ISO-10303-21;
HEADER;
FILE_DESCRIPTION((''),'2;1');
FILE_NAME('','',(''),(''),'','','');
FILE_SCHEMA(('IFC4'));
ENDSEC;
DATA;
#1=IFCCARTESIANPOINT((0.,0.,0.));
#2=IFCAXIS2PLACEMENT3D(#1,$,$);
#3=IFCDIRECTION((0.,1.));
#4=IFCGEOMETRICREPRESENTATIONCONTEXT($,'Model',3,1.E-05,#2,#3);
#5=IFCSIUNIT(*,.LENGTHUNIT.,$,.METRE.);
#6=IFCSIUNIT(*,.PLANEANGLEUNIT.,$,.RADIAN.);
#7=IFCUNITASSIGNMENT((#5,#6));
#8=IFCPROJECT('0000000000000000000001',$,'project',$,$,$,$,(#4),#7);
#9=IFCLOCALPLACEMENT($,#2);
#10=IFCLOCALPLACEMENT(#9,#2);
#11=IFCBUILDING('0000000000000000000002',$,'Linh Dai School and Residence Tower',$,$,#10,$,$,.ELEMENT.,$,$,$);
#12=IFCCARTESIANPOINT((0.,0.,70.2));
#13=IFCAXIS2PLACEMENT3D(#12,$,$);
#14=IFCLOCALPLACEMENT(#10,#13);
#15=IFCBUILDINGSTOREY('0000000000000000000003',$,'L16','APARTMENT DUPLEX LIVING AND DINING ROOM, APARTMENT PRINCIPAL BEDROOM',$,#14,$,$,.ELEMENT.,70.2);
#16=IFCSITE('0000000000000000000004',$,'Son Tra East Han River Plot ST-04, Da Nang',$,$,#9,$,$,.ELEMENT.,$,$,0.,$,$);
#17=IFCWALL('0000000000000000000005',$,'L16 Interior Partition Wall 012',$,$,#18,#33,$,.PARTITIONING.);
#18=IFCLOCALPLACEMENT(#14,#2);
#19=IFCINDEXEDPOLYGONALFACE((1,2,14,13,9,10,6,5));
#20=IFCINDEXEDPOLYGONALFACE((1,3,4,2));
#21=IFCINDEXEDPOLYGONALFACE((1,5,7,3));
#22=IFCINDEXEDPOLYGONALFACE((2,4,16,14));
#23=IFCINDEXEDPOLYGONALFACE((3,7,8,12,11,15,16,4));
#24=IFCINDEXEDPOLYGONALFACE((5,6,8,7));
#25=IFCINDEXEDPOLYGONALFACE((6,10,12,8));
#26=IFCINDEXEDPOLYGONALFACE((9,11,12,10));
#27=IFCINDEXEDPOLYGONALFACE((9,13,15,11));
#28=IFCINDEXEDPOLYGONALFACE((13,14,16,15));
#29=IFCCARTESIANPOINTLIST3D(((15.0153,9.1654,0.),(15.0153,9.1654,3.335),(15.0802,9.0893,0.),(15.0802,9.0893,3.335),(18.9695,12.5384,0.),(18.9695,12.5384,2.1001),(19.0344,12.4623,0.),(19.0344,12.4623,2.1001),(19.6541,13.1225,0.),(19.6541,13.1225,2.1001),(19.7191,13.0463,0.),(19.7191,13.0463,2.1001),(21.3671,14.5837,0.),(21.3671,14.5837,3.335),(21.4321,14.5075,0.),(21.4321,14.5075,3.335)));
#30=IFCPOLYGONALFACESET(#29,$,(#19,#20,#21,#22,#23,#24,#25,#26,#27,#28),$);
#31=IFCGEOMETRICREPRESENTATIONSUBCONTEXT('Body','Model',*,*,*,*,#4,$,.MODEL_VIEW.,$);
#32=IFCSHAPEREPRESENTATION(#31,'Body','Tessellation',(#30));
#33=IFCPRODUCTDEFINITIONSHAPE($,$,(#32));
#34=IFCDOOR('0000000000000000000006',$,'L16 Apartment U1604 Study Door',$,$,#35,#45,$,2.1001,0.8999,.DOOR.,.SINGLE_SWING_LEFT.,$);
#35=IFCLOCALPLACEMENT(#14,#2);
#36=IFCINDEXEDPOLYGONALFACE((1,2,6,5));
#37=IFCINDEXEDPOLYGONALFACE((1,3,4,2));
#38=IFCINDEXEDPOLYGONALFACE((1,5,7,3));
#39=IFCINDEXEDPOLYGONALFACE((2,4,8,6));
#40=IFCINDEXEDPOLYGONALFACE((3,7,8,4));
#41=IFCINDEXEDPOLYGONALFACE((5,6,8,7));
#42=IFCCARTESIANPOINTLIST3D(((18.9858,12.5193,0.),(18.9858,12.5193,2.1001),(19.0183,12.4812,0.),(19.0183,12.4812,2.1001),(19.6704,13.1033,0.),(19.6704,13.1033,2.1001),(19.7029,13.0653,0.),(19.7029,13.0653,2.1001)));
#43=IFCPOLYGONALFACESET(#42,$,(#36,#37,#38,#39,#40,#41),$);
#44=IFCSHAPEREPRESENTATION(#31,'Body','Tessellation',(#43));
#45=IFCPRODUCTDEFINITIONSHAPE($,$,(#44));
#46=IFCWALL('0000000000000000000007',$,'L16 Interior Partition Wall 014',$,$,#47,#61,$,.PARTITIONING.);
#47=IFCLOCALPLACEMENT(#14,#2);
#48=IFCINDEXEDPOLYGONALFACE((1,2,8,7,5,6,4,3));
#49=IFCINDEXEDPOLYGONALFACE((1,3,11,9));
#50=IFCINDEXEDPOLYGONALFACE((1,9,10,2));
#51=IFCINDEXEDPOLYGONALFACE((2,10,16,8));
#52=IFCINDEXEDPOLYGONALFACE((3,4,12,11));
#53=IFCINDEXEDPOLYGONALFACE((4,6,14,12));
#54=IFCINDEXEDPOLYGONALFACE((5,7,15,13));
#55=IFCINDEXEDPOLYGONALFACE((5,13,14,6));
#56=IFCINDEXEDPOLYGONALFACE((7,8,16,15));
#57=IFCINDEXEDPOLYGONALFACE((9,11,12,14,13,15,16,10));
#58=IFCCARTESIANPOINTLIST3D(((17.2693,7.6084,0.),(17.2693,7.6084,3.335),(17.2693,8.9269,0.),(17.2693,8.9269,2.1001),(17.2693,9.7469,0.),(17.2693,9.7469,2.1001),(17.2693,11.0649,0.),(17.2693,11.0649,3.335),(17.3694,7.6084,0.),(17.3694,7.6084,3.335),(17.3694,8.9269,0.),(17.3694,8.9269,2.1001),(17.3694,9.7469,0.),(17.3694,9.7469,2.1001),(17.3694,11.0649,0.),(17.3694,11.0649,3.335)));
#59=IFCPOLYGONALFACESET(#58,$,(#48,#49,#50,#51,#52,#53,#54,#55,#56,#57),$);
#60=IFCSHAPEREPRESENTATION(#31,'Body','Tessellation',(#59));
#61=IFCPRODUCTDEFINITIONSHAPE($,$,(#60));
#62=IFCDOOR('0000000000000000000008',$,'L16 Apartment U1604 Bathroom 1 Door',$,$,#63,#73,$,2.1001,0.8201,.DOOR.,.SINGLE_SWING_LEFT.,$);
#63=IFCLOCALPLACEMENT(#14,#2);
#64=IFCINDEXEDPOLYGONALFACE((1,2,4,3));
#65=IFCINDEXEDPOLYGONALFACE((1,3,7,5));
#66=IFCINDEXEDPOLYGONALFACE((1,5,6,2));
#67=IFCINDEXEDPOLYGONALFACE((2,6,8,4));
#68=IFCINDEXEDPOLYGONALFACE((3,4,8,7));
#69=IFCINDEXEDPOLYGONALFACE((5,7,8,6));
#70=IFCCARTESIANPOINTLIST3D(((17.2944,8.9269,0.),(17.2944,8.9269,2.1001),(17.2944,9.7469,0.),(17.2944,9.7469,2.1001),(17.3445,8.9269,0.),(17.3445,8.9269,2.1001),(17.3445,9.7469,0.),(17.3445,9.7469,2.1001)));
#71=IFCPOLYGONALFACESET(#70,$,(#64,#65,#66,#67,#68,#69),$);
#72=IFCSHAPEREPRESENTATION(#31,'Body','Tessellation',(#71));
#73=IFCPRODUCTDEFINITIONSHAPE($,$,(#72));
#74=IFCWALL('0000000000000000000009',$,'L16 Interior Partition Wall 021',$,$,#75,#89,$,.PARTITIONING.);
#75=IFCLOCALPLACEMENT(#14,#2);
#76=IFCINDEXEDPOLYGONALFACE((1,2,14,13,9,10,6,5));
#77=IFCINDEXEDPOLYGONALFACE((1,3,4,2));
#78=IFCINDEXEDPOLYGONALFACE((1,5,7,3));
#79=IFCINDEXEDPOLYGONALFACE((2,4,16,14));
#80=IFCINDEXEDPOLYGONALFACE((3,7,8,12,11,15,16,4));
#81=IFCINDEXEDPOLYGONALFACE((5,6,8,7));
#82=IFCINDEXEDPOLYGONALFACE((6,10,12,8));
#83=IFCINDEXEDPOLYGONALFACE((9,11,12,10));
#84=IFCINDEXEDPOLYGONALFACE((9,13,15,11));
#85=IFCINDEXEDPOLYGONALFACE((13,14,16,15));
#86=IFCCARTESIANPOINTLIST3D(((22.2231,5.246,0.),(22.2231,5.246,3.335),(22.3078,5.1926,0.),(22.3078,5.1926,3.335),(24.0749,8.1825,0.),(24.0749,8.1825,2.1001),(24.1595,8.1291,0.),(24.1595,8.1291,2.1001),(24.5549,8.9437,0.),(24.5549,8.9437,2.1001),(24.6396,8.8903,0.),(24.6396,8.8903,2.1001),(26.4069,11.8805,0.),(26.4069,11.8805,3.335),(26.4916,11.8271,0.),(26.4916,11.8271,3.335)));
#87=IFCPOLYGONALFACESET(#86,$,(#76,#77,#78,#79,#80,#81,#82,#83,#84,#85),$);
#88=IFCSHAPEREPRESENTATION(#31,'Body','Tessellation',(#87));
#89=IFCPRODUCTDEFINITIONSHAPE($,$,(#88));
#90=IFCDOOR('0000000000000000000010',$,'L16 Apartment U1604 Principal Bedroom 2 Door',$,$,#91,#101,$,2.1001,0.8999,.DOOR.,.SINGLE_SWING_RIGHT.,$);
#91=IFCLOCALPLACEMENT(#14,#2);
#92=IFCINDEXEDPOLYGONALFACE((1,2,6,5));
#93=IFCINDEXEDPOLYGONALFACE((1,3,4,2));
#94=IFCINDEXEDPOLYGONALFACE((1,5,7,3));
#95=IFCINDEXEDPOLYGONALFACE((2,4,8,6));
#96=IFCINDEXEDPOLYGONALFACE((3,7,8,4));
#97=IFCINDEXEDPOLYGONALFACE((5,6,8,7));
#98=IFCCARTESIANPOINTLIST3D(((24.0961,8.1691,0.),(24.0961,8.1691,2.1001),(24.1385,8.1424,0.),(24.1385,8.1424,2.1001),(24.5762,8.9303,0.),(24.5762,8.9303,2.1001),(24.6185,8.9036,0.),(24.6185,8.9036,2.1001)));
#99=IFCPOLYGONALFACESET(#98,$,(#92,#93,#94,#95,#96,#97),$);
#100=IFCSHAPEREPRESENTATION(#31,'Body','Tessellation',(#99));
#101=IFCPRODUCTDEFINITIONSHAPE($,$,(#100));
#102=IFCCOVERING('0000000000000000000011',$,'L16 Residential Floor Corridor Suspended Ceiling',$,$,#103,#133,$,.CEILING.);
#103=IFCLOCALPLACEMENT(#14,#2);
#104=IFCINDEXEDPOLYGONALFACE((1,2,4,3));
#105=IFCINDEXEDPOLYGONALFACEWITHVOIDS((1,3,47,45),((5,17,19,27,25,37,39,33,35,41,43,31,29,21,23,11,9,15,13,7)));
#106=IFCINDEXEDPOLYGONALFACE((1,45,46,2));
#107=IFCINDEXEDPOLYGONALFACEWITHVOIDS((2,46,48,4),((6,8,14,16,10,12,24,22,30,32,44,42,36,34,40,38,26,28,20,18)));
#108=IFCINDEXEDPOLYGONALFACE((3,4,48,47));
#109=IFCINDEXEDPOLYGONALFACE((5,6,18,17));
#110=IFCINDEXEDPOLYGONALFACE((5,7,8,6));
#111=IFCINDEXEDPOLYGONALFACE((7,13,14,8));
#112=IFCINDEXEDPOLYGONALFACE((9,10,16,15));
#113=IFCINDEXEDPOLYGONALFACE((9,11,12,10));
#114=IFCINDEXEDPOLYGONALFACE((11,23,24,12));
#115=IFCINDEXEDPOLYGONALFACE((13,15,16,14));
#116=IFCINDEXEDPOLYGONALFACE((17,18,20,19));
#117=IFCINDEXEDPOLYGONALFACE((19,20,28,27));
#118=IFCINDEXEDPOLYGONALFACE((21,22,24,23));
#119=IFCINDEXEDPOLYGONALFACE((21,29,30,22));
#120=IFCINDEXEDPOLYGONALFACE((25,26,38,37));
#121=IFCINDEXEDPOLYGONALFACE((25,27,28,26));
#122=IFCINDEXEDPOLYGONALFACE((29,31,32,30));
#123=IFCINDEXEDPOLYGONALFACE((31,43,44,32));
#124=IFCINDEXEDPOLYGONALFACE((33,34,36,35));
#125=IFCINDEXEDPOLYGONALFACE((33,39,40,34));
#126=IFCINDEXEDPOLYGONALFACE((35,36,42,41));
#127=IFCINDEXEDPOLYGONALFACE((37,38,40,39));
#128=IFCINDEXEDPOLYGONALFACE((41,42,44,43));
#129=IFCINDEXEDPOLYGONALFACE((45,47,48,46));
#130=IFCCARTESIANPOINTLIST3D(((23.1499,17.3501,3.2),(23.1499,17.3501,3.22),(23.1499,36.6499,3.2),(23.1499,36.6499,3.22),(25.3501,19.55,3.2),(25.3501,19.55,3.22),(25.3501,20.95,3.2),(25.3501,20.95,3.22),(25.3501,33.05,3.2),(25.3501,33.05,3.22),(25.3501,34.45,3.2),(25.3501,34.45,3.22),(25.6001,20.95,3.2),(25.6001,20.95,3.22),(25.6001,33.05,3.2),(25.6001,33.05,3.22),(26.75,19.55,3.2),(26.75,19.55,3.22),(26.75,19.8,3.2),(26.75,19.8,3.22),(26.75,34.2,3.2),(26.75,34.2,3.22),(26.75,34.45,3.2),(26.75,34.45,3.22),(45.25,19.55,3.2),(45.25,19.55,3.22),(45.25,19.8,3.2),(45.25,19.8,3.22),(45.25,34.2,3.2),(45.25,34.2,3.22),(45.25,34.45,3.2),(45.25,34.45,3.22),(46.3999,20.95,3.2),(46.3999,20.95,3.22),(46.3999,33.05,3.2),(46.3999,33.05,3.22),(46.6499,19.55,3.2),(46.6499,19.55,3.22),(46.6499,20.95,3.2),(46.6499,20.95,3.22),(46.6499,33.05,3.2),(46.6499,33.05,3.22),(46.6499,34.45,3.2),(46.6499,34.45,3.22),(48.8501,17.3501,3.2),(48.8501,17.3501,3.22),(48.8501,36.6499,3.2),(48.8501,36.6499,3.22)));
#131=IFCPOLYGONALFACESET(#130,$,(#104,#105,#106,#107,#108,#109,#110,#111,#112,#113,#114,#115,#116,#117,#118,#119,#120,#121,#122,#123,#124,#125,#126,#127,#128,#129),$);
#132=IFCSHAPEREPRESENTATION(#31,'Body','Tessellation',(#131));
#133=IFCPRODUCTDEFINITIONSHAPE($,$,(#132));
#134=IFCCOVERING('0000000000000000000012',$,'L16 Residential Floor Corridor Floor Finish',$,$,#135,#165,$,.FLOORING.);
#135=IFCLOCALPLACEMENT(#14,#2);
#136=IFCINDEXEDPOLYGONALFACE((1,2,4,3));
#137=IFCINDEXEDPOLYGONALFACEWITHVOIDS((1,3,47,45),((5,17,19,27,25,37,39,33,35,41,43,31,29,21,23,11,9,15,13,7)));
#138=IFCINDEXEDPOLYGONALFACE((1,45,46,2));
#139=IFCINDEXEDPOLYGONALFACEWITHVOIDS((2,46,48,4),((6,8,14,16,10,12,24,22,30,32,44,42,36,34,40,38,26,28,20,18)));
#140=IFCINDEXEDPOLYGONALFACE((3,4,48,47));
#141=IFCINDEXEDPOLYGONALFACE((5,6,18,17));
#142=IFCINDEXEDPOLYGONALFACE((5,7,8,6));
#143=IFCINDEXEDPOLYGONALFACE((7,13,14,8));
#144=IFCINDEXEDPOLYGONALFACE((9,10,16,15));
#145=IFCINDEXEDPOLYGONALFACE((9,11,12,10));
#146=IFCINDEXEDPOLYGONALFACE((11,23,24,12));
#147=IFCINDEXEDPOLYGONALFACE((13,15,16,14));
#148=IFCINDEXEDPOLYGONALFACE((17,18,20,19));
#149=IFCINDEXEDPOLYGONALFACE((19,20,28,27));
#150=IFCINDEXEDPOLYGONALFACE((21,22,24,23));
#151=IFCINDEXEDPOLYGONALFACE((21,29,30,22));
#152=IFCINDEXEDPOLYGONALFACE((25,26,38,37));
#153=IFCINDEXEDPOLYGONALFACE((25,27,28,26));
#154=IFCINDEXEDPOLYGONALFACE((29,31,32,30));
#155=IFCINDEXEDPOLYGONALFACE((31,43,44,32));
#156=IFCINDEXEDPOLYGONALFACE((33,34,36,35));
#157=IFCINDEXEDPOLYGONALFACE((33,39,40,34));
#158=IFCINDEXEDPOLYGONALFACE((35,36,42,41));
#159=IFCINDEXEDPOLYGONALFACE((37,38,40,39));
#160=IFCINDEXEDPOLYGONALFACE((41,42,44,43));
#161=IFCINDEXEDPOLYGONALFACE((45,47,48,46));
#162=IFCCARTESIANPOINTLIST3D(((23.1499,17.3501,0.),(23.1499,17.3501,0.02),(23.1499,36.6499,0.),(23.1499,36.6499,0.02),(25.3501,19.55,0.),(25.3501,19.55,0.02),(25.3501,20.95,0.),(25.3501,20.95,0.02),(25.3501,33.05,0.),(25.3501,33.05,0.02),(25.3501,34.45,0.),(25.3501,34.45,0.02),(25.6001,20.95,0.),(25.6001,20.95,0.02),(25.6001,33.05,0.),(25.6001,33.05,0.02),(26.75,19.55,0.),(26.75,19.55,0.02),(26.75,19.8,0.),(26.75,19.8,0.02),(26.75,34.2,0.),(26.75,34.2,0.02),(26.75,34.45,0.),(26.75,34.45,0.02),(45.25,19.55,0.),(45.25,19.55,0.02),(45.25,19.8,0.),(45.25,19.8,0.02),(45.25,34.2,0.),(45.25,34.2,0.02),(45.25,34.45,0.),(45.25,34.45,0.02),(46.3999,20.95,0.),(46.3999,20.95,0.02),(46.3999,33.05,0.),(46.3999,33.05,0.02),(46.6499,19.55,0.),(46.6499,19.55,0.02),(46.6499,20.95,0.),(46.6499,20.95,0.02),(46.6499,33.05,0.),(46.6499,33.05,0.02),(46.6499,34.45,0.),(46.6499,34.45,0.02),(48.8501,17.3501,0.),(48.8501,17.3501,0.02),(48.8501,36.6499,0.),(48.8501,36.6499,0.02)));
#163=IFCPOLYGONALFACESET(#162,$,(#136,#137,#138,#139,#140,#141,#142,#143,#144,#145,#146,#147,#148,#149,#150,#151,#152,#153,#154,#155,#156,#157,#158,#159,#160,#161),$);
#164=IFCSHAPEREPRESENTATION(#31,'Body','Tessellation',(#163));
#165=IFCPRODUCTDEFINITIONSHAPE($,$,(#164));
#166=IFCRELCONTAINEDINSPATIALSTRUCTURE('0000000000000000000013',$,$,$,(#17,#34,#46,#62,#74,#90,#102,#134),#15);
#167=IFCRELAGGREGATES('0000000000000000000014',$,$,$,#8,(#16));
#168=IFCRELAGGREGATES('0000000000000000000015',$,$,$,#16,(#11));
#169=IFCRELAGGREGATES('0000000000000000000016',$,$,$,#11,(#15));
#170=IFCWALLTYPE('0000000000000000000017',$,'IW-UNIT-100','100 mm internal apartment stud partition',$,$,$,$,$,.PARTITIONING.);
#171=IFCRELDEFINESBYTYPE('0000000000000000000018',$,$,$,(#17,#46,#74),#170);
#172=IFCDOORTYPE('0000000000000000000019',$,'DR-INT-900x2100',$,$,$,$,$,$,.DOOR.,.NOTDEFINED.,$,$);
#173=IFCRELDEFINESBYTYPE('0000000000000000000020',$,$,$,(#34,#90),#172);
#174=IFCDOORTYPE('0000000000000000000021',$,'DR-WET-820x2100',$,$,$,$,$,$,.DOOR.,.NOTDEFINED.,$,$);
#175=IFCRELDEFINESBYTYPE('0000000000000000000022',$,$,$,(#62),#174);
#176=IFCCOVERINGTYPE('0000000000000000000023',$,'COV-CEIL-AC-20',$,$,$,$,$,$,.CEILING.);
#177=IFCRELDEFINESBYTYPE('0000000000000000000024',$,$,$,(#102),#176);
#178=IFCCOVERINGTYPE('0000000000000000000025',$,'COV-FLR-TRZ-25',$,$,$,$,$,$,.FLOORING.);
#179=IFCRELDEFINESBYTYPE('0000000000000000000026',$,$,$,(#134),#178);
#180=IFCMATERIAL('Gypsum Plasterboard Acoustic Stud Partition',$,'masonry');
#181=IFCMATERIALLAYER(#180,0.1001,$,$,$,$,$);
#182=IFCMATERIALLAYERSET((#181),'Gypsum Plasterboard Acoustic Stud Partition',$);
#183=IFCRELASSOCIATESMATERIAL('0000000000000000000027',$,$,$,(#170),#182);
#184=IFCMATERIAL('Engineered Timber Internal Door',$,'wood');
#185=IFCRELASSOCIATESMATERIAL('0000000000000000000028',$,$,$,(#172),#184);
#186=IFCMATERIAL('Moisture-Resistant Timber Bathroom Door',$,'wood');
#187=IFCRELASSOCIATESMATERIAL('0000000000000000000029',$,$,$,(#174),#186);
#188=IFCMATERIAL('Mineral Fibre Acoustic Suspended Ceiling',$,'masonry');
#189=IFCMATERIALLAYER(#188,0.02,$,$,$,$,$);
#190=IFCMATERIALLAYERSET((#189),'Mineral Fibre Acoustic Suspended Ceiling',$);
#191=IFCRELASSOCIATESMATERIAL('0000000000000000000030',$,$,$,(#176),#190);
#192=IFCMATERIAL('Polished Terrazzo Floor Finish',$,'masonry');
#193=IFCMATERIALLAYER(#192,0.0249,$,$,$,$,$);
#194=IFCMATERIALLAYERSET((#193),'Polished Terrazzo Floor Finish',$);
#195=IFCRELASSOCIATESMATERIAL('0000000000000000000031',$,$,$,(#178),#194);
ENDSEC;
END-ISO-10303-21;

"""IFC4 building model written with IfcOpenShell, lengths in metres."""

from ifc_helpers import new_model, si_unit, direction, frame, frame_2d, origin, origin_2d, place, context, subcontext, project, spatial, polyline, rectangle, outline, extrude, source, transform, mapped, material, layer, layer_set, type_object, element, fill, save


model = new_model("IFC4")

# Units and contexts
model_context = context("Model", 3, precision=1e-05, world=origin(), true_north=direction((0.0, 1.0)))
body_context = subcontext(model_context, "Body", "Model", "MODEL_VIEW")
ifc_project = project(units=[si_unit("LENGTHUNIT", "METRE"), si_unit("PLANEANGLEUNIT", "RADIAN")], contexts=[model_context])

# Site, building, storey
site_placement = place(None, origin())
site = spatial("IfcSite", under=ifc_project, at=site_placement, Name="Son Tra East Han River Plot ST-04, Da Nang", CompositionType="ELEMENT", RefElevation=0.0)
building_placement = place(site_placement, origin())
building = spatial("IfcBuilding", under=site, at=building_placement, Name="Linh Dai School and Residence Tower", CompositionType="ELEMENT")
storey_placement = place(building_placement, frame((0.0, 0.0, 70.2)))
storey = spatial("IfcBuildingStorey", under=building, at=storey_placement, Name="L16", Description="APARTMENT DUPLEX LIVING AND DINING ROOM, APARTMENT PRINCIPAL BEDROOM", CompositionType="ELEMENT", Elevation=70.2)

# Shared definitions
ifc_material_1 = material(Name="Gypsum Plasterboard Acoustic Stud Partition", Category="masonry")
ifc_layer_1 = layer(ifc_material_1, 0.1001)
ifc_layer_set_1 = layer_set([ifc_layer_1], Name="Gypsum Plasterboard Acoustic Stud Partition")
wall_type_1 = type_object("IfcWallType", Name="IW-UNIT-100", Description="100 mm internal apartment stud partition", PredefinedType="PARTITIONING", material=ifc_layer_set_1)

# Walls, openings, doors
wall_1_placement = place(storey_placement, frame((15.0479, 9.1274, 0.0), z_axis=(0.0, 0.0, 1.0), x_axis=(0.760805, 0.648981, 0.0)))
wall_1 = element("IfcWall", 1, at=wall_1_placement, inside=storey, type_object=wall_type_1, Name="L16 Interior Partition Wall 012", PredefinedType="PARTITIONING", context=body_context, shape_type="SweptSolid", body=[
    extrude(rectangle(XDim=8.3489, YDim=0.1001, at=frame_2d((4.1743, 0.0))), origin(), (0.0, 0.0, 1.0), 3.335),
])
opening_1_placement = place(wall_1_placement, frame((5.1973, 0.0, 0.0)))
opening_1 = element("IfcOpeningElement", 2, at=opening_1_placement, cuts=wall_1, PredefinedType="OPENING", context=body_context, shape_type="SweptSolid", body=[
    extrude(rectangle(XDim=0.8999, YDim=2.1001, at=origin_2d()), frame((0.45, 0.0601, 1.05), z_axis=(0.0, -1.0, 0.0), x_axis=(1.0, 0.0, 0.0)), (0.0, 0.0, 1.0), 0.1201),
])
ifc_material_2 = material(Name="Engineered Timber Internal Door", Category="wood")
door_type_1 = type_object("IfcDoorType", Name="DR-INT-900x2100", OperationType="NOTDEFINED", PredefinedType="DOOR", material=ifc_material_2)
shared_shape_1 = source(origin(), body_context, "Body", "SweptSolid", [
    extrude(rectangle(XDim=0.8999, YDim=2.1001, at=origin_2d()), frame((0.45, 0.0249, 1.05), z_axis=(0.0, -1.0, 0.0), x_axis=(1.0, 0.0, 0.0)), (0.0, 0.0, 1.0), 0.05),
])
door_1_placement = place(opening_1_placement, origin())
door_1 = element("IfcDoor", 3, at=door_1_placement, inside=storey, type_object=door_type_1, Name="L16 Apartment U1604 Study Door", OperationType="SINGLE_SWING_LEFT", OverallHeight=2.1001, OverallWidth=0.8999, PredefinedType="DOOR", context=body_context, shape_type="MappedRepresentation", body=[
    mapped(shared_shape_1, transform((0.0, 0.0, 0.0), x_axis=(1.0, 0.0, 0.0), y_axis=(0.0, 1.0, 0.0), z_axis=(0.0, 0.0, 1.0), scale=1.0)),
])
fill(opening_1, door_1)
wall_2_placement = place(storey_placement, frame((17.3193, 7.6084, 0.0), z_axis=(0.0, 0.0, 1.0), x_axis=(0.0, 1.0, 0.0)))
wall_2 = element("IfcWall", 4, at=wall_2_placement, inside=storey, type_object=wall_type_1, Name="L16 Interior Partition Wall 014", PredefinedType="PARTITIONING", context=body_context, shape_type="SweptSolid", body=[
    extrude(rectangle(XDim=3.4565, YDim=0.1001, at=frame_2d((1.7283, 0.0))), origin(), (0.0, 0.0, 1.0), 3.335),
])
opening_2_placement = place(wall_2_placement, frame((1.3184, 0.0, 0.0)))
opening_2 = element("IfcOpeningElement", 5, at=opening_2_placement, cuts=wall_2, PredefinedType="OPENING", context=body_context, shape_type="SweptSolid", body=[
    extrude(rectangle(XDim=0.8201, YDim=2.1001, at=origin_2d()), frame((0.4102, 0.0601, 1.05), z_axis=(0.0, -1.0, 0.0), x_axis=(1.0, 0.0, 0.0)), (0.0, 0.0, 1.0), 0.1201),
])
ifc_material_3 = material(Name="Moisture-Resistant Timber Bathroom Door", Category="wood")
door_type_2 = type_object("IfcDoorType", Name="DR-WET-820x2100", OperationType="NOTDEFINED", PredefinedType="DOOR", material=ifc_material_3)
shared_shape_2 = source(origin(), body_context, "Body", "SweptSolid", [
    extrude(rectangle(XDim=0.8201, YDim=2.1001, at=origin_2d()), frame((0.4102, 0.0249, 1.05), z_axis=(0.0, -1.0, 0.0), x_axis=(1.0, 0.0, 0.0)), (0.0, 0.0, 1.0), 0.05),
])
door_2_placement = place(opening_2_placement, origin())
door_2 = element("IfcDoor", 6, at=door_2_placement, inside=storey, type_object=door_type_2, Name="L16 Apartment U1604 Bathroom 1 Door", OperationType="SINGLE_SWING_LEFT", OverallHeight=2.1001, OverallWidth=0.8201, PredefinedType="DOOR", context=body_context, shape_type="MappedRepresentation", body=[
    mapped(shared_shape_2, transform((0.0, 0.0, 0.0), x_axis=(1.0, 0.0, 0.0), y_axis=(0.0, 1.0, 0.0), z_axis=(0.0, 0.0, 1.0), scale=1.0)),
])
fill(opening_2, door_2)
wall_3_placement = place(storey_placement, frame((22.2654, 5.2192, 0.0), z_axis=(0.0, 0.0, 1.0), x_axis=(0.533411, 0.845856, 0.0)))
wall_3 = element("IfcWall", 7, at=wall_3_placement, inside=storey, type_object=wall_type_1, Name="L16 Interior Partition Wall 021", PredefinedType="PARTITIONING", context=body_context, shape_type="SweptSolid", body=[
    extrude(rectangle(XDim=7.8435, YDim=0.1001, at=frame_2d((3.9219, 0.0))), origin(), (0.0, 0.0, 1.0), 3.335),
])
opening_3_placement = place(wall_3_placement, frame((3.4717, 0.0, 0.0)))
opening_3 = element("IfcOpeningElement", 8, at=opening_3_placement, cuts=wall_3, PredefinedType="OPENING", context=body_context, shape_type="SweptSolid", body=[
    extrude(rectangle(XDim=0.8999, YDim=2.1001, at=origin_2d()), frame((0.45, 0.0601, 1.05), z_axis=(0.0, -1.0, 0.0), x_axis=(1.0, 0.0, 0.0)), (0.0, 0.0, 1.0), 0.1201),
])
door_3_placement = place(opening_3_placement, origin())
door_3 = element("IfcDoor", 9, at=door_3_placement, inside=storey, type_object=door_type_1, Name="L16 Apartment U1604 Principal Bedroom 2 Door", OperationType="SINGLE_SWING_RIGHT", OverallHeight=2.1001, OverallWidth=0.8999, PredefinedType="DOOR", context=body_context, shape_type="MappedRepresentation", body=[
    mapped(shared_shape_1, transform((0.0, 0.0, 0.0), x_axis=(1.0, 0.0, 0.0), y_axis=(0.0, 1.0, 0.0), z_axis=(0.0, 0.0, 1.0), scale=1.0)),
])
fill(opening_3, door_3)

# Coverings
ifc_material_4 = material(Name="Mineral Fibre Acoustic Suspended Ceiling", Category="masonry")
ifc_layer_2 = layer(ifc_material_4, 0.02)
ifc_layer_set_2 = layer_set([ifc_layer_2], Name="Mineral Fibre Acoustic Suspended Ceiling")
covering_type_1 = type_object("IfcCoveringType", Name="COV-CEIL-AC-20", PredefinedType="CEILING", material=ifc_layer_set_2)
covering_1_placement = place(storey_placement, frame((0.0, 0.0, 3.2)))
element("IfcCovering", 10, at=covering_1_placement, inside=storey, type_object=covering_type_1, Name="L16 Residential Floor Corridor Suspended Ceiling", PredefinedType="CEILING", context=body_context, shape_type="SweptSolid", body=[
    extrude(outline(polyline([(48.8501, 36.6499), (48.8501, 17.3501), (23.1499, 17.3501), (23.1499, 36.6499), (48.8501, 36.6499)]), holes=[polyline([(26.75, 34.2), (26.75, 34.45), (25.3501, 34.45), (25.3501, 33.05), (25.6001, 33.05), (25.6001, 20.95), (25.3501, 20.95), (25.3501, 19.55), (26.75, 19.55), (26.75, 19.8), (45.25, 19.8), (45.25, 19.55), (46.6499, 19.55), (46.6499, 20.95), (46.3999, 20.95), (46.3999, 33.05), (46.6499, 33.05), (46.6499, 34.45), (45.25, 34.45), (45.25, 34.2), (26.75, 34.2)])]), origin(), (0.0, 0.0, 1.0), 0.02),
])
ifc_material_5 = material(Name="Polished Terrazzo Floor Finish", Category="masonry")
ifc_layer_3 = layer(ifc_material_5, 0.0249)
ifc_layer_set_3 = layer_set([ifc_layer_3], Name="Polished Terrazzo Floor Finish")
covering_type_2 = type_object("IfcCoveringType", Name="COV-FLR-TRZ-25", PredefinedType="FLOORING", material=ifc_layer_set_3)
covering_2_placement = place(storey_placement, origin())
element("IfcCovering", 11, at=covering_2_placement, inside=storey, type_object=covering_type_2, Name="L16 Residential Floor Corridor Floor Finish", PredefinedType="FLOORING", context=body_context, shape_type="SweptSolid", body=[
    extrude(outline(polyline([(48.8501, 36.6499), (48.8501, 17.3501), (23.1499, 17.3501), (23.1499, 36.6499), (48.8501, 36.6499)]), holes=[polyline([(26.75, 34.2), (26.75, 34.45), (25.3501, 34.45), (25.3501, 33.05), (25.6001, 33.05), (25.6001, 20.95), (25.3501, 20.95), (25.3501, 19.55), (26.75, 19.55), (26.75, 19.8), (45.25, 19.8), (45.25, 19.55), (46.6499, 19.55), (46.6499, 20.95), (46.3999, 20.95), (46.3999, 33.05), (46.6499, 33.05), (46.6499, 34.45), (45.25, 34.45), (45.25, 34.2), (26.75, 34.2)])]), origin(), (0.0, 0.0, 1.0), 0.02),
])

save(model, "model.ifc")
